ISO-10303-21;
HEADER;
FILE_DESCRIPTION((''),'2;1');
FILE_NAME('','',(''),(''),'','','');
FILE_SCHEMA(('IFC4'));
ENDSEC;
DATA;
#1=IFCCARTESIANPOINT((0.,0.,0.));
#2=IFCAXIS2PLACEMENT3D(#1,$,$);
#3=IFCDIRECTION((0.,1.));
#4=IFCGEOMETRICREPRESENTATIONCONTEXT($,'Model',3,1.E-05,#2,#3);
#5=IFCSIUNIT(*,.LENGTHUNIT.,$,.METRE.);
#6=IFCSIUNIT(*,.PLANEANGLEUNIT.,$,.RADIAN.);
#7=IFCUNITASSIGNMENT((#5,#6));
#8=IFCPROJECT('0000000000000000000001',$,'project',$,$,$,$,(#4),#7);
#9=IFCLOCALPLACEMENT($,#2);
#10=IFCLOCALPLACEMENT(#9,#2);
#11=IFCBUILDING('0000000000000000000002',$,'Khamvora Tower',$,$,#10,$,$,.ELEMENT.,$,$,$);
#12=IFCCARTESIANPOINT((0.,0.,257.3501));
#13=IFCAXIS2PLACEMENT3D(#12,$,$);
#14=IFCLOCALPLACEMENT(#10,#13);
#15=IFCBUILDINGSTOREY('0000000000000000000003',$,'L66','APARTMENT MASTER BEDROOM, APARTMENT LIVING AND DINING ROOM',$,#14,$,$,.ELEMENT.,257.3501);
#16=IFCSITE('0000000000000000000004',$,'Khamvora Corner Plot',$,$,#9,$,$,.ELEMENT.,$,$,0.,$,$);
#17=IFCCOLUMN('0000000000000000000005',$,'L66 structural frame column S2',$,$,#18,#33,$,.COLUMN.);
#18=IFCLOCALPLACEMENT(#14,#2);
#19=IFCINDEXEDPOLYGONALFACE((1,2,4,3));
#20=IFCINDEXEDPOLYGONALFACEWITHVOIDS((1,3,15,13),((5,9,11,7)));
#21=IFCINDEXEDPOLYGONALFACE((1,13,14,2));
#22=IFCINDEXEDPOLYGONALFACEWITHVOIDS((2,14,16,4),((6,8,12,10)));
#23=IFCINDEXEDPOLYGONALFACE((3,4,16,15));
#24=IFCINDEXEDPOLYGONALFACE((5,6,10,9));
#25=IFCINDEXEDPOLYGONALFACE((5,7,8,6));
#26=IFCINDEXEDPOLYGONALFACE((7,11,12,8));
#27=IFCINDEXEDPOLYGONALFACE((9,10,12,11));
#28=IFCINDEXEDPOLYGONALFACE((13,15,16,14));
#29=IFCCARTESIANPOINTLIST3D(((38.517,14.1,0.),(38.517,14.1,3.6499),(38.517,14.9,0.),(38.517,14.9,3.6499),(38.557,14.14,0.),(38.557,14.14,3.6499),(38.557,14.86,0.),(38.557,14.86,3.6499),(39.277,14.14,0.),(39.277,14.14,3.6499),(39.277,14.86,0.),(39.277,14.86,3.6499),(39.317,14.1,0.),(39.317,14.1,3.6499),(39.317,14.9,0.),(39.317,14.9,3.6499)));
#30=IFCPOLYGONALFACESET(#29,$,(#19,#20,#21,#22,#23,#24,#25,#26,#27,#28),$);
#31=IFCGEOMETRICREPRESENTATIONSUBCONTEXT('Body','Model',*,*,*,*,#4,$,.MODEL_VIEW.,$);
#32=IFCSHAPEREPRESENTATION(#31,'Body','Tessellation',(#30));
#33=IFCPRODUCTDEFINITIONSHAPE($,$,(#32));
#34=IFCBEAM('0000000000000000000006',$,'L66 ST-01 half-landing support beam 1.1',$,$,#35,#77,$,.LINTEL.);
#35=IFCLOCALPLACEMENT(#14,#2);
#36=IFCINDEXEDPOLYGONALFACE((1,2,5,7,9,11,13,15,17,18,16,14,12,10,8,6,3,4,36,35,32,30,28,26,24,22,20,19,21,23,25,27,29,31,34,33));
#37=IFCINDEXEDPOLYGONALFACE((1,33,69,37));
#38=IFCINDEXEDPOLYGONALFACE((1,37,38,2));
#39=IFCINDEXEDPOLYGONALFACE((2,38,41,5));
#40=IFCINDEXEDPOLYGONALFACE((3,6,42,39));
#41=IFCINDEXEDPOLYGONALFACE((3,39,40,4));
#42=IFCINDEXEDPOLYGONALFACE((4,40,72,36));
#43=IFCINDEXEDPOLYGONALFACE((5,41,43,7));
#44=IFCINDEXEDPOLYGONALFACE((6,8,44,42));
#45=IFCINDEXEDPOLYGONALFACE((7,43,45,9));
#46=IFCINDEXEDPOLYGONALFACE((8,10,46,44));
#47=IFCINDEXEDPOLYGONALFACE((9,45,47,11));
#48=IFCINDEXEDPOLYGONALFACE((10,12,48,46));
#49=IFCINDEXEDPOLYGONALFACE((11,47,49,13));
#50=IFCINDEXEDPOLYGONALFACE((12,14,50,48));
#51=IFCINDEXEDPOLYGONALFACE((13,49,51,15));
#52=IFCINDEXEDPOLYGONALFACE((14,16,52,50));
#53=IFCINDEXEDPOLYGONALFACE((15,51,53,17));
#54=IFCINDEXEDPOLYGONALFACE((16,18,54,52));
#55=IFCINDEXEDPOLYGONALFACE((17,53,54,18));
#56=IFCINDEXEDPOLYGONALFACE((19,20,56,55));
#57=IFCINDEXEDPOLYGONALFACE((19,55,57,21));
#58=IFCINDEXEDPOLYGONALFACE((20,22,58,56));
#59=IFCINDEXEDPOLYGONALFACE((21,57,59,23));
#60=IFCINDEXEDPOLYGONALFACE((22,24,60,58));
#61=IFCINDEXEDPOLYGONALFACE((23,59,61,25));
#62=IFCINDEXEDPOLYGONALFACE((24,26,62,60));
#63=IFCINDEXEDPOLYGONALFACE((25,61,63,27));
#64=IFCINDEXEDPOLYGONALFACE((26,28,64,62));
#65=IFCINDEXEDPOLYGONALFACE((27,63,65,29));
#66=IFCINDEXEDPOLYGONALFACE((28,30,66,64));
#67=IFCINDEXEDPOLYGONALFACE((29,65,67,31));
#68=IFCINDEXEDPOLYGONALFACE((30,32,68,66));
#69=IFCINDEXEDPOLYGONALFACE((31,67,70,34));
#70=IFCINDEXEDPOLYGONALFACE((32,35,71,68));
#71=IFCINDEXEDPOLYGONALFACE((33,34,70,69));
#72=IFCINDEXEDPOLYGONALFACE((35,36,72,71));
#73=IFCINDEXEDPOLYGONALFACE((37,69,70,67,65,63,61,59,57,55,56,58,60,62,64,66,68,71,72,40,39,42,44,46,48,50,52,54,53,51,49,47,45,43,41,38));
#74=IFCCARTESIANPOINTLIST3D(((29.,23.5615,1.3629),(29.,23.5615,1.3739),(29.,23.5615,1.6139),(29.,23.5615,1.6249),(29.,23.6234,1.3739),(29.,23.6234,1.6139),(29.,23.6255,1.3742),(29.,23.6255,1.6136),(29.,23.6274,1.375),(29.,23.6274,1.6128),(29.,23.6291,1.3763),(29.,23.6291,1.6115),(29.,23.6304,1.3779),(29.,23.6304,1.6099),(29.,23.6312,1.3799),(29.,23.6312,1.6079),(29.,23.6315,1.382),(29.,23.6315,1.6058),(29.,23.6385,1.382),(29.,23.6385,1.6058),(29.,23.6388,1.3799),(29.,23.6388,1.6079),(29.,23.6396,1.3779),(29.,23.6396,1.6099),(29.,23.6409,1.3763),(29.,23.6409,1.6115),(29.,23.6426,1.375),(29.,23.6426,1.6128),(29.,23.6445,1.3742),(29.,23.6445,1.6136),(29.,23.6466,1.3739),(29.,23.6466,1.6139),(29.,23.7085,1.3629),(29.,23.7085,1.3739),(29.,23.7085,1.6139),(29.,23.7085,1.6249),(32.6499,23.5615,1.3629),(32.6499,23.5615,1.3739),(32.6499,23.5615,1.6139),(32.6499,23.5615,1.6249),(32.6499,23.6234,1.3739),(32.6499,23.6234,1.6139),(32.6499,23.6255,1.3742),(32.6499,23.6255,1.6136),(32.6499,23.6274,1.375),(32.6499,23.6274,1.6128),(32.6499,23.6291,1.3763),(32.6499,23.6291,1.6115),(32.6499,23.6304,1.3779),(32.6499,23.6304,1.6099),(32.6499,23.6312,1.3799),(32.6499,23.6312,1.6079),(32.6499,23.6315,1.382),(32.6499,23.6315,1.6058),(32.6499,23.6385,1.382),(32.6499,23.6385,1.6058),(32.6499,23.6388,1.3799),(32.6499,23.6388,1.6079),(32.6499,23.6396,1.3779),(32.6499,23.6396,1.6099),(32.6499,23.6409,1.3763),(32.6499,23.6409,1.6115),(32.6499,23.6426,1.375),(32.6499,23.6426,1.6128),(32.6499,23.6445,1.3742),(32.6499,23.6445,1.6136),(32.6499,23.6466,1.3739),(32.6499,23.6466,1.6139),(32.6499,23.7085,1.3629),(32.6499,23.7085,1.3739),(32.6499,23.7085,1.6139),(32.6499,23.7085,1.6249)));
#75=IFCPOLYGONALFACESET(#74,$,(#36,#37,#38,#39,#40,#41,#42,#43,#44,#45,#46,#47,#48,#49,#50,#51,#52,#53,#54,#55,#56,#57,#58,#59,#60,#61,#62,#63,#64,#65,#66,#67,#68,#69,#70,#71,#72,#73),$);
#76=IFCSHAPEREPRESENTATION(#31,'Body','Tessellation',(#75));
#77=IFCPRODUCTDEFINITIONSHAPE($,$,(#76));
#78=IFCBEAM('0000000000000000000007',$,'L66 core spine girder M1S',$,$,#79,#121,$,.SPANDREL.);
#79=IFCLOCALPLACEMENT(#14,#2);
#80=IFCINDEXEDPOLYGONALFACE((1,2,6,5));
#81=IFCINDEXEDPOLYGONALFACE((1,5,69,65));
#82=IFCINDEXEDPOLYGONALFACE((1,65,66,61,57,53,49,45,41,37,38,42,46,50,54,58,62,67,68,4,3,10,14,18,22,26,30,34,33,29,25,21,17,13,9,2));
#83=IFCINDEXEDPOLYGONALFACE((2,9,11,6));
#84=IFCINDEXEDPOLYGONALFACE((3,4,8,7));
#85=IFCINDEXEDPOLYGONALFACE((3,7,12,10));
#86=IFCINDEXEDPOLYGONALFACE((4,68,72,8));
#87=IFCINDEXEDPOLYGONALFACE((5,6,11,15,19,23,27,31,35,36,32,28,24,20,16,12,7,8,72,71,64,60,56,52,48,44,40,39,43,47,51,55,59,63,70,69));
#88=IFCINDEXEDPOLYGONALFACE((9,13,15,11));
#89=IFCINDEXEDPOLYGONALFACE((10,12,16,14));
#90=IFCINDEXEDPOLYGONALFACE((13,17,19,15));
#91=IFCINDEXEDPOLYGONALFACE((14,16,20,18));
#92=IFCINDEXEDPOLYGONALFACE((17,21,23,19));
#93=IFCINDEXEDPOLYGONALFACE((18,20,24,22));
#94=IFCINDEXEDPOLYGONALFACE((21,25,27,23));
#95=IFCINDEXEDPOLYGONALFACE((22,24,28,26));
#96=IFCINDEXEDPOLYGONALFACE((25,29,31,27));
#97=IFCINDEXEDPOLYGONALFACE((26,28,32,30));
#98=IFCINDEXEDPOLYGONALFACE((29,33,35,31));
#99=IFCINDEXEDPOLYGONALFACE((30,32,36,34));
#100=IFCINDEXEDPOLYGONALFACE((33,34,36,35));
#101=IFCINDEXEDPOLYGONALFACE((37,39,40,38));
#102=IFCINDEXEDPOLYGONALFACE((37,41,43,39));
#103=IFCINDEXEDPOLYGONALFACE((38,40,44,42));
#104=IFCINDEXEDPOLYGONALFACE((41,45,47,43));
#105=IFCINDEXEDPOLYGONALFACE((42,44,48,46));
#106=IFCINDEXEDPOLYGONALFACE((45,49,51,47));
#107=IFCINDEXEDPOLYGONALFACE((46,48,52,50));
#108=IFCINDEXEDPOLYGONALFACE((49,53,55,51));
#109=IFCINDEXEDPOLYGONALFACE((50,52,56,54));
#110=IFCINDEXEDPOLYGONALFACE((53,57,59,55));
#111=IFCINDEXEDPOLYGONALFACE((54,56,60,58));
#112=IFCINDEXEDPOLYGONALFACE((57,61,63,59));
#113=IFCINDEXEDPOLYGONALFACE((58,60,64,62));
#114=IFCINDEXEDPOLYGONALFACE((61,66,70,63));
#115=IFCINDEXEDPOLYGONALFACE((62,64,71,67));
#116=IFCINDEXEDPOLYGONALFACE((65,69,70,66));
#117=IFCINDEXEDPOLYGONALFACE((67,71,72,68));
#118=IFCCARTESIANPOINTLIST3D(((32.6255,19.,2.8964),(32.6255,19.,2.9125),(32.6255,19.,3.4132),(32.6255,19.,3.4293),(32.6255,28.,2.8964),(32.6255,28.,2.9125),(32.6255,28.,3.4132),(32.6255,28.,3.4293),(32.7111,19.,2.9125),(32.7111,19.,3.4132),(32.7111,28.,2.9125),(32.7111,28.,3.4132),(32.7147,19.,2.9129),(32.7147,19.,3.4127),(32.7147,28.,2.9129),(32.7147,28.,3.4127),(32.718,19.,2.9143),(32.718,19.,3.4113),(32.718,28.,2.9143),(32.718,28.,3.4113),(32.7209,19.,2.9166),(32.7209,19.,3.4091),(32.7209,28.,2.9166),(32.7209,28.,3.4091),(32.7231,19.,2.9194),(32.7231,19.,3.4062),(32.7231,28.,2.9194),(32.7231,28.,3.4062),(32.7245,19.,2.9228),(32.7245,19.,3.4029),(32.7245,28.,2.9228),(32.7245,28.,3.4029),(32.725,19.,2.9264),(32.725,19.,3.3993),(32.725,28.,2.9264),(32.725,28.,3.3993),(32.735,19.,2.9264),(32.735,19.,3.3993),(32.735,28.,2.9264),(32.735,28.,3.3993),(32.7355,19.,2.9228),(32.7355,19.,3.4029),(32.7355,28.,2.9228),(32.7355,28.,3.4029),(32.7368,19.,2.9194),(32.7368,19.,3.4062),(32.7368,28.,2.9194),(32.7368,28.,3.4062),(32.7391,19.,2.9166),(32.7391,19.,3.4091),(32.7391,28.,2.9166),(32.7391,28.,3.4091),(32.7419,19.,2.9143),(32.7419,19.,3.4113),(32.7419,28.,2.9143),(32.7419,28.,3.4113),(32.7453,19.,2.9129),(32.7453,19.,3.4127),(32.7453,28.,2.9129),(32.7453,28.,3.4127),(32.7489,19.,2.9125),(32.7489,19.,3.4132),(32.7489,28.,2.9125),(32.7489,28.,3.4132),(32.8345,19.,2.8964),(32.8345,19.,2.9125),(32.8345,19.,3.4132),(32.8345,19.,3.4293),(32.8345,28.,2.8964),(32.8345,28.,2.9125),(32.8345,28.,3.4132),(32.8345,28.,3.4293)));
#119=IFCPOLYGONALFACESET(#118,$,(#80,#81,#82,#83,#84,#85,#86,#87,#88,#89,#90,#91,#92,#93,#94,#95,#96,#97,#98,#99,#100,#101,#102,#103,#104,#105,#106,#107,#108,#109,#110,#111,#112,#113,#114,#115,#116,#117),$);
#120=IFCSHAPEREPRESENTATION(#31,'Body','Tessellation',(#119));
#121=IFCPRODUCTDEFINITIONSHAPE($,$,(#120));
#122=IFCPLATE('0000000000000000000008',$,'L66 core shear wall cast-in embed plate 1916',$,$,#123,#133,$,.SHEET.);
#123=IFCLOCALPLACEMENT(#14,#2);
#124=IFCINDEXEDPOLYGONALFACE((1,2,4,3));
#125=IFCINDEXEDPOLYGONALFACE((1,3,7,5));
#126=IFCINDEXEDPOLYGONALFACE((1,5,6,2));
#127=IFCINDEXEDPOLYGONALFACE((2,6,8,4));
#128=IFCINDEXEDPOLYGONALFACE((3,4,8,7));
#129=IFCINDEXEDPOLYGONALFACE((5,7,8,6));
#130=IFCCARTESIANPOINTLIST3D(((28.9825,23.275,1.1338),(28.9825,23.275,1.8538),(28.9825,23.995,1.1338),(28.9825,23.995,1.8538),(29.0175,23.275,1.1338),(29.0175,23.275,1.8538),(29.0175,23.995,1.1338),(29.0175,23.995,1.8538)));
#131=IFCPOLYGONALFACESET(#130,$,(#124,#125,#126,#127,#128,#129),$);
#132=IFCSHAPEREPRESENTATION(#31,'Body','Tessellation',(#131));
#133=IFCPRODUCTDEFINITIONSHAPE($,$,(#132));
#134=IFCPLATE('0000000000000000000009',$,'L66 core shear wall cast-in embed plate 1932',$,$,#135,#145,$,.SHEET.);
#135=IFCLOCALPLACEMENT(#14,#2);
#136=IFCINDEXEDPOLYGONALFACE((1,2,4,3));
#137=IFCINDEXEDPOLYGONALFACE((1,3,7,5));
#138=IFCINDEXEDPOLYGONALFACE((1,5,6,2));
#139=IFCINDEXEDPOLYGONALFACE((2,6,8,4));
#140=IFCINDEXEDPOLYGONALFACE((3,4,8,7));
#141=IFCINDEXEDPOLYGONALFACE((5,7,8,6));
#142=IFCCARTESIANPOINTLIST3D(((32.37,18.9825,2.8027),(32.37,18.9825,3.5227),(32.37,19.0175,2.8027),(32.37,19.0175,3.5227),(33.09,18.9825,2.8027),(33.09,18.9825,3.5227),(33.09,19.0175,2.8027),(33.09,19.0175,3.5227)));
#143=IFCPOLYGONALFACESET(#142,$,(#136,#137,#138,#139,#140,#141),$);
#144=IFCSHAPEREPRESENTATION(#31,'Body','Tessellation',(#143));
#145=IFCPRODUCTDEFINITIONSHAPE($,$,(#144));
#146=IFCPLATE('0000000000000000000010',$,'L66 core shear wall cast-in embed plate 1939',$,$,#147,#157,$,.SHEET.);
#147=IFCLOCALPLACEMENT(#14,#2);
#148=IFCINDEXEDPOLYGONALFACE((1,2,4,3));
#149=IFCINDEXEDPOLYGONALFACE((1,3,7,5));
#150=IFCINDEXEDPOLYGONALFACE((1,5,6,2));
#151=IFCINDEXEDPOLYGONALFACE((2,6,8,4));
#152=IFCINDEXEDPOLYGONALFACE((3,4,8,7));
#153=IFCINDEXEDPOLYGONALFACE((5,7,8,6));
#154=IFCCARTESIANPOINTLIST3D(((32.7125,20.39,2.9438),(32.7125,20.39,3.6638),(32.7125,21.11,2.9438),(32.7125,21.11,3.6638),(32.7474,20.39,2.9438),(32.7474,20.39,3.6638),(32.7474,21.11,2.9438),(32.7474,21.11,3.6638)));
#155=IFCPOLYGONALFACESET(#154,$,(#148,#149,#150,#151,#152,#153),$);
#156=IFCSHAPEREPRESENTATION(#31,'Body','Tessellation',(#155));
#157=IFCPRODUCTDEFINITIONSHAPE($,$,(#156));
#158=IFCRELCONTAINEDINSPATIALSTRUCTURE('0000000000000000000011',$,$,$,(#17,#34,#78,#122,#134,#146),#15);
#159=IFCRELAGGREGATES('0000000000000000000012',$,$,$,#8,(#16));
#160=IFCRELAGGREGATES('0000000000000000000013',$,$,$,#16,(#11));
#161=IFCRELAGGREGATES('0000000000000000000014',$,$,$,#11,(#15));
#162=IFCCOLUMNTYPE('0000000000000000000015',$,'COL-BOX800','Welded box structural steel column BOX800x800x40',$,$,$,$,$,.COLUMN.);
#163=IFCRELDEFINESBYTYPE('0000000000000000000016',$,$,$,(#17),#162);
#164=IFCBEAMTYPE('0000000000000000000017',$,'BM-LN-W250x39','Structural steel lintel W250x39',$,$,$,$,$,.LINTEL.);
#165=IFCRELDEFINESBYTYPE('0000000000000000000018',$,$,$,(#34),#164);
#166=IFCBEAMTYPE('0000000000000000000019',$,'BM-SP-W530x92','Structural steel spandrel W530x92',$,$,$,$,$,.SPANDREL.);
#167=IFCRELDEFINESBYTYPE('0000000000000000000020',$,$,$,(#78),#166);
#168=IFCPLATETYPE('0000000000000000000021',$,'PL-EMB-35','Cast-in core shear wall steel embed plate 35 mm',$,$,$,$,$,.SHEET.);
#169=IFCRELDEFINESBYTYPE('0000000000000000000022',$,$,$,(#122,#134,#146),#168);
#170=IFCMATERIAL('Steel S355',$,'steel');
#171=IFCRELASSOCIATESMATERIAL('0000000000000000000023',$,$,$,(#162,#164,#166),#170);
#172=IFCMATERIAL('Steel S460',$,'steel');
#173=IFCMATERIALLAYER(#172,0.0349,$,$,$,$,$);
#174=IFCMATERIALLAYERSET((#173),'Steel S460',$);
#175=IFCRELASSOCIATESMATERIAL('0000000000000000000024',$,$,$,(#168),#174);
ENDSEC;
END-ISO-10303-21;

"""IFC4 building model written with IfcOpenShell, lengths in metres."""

from ifc_helpers import new_model, si_unit, direction, frame, origin, origin_2d, place, context, subcontext, project, spatial, rectangle, hollow_rectangle, i_section, extrude, material, layer, layer_set, material_profile, profile_set, type_object, element, save


model = new_model("IFC4")

# Units and contexts
model_context = context("Model", 3, precision=1e-05, world=origin(), true_north=direction((0.0, 1.0)))
body_context = subcontext(model_context, "Body", "Model", "MODEL_VIEW")
ifc_project = project(units=[si_unit("LENGTHUNIT", "METRE"), si_unit("PLANEANGLEUNIT", "RADIAN")], contexts=[model_context])

# Site, building, storey
site_placement = place(None, origin())
site = spatial("IfcSite", under=ifc_project, at=site_placement, Name="Khamvora Corner Plot", CompositionType="ELEMENT", RefElevation=0.0)
building_placement = place(site_placement, origin())
building = spatial("IfcBuilding", under=site, at=building_placement, Name="Khamvora Tower", CompositionType="ELEMENT")
storey_placement = place(building_placement, frame((0.0, 0.0, 257.3501)))
storey = spatial("IfcBuildingStorey", under=building, at=storey_placement, Name="L66", Description="APARTMENT MASTER BEDROOM, APARTMENT LIVING AND DINING ROOM", CompositionType="ELEMENT", Elevation=257.3501)

# Column
ifc_material_1 = material(Name="Steel S355", Category="steel")
ifc_material_profile_1 = material_profile(ifc_material_1, hollow_rectangle(XDim=0.8, YDim=0.8, WallThickness=0.04, at=origin_2d()), Name="BOX800x800x40")
ifc_profile_set_1 = profile_set([ifc_material_profile_1], Name="Steel S355")
column_type = type_object("IfcColumnType", Name="COL-BOX800", Description="Welded box structural steel column BOX800x800x40", PredefinedType="COLUMN", material=ifc_profile_set_1)
column_placement = place(storey_placement, frame((38.917, 14.5, 0.0), z_axis=(0.0, 0.0, 1.0), x_axis=(1.0, 0.0, 0.0)))
element("IfcColumn", 1, at=column_placement, inside=storey, type_object=column_type, Name="L66 structural frame column S2", PredefinedType="COLUMN", context=body_context, shape_type="SweptSolid", body=[
    extrude(hollow_rectangle(XDim=0.8, YDim=0.8, WallThickness=0.04, at=origin_2d()), origin(), (0.0, 0.0, 1.0), 3.6499),
])

# Beams
ifc_material_profile_2 = material_profile(ifc_material_1, i_section(OverallWidth=0.147, OverallDepth=0.262, WebThickness=0.0071, FlangeThickness=0.011, FilletRadius=0.0081, at=origin_2d()), Name="W250x39")
ifc_profile_set_2 = profile_set([ifc_material_profile_2], Name="Steel S355")
beam_type_1 = type_object("IfcBeamType", Name="BM-LN-W250x39", Description="Structural steel lintel W250x39", PredefinedType="LINTEL", material=ifc_profile_set_2)
beam_1_placement = place(storey_placement, frame((29.0, 23.635, 1.4939), z_axis=(1.0, 0.0, 0.0), x_axis=(0.0, 1.0, 0.0)))
element("IfcBeam", 2, at=beam_1_placement, inside=storey, type_object=beam_type_1, Name="L66 ST-01 half-landing support beam 1.1", PredefinedType="LINTEL", context=body_context, shape_type="SweptSolid", body=[
    extrude(i_section(OverallWidth=0.147, OverallDepth=0.262, WebThickness=0.0071, FlangeThickness=0.011, FilletRadius=0.0081, at=origin_2d()), origin(), (0.0, 0.0, 1.0), 3.6499),
])
ifc_material_profile_3 = material_profile(ifc_material_1, i_section(OverallWidth=0.209, OverallDepth=0.533, WebThickness=0.01, FlangeThickness=0.0161, FilletRadius=0.0139, at=origin_2d()), Name="W530x92")
ifc_profile_set_3 = profile_set([ifc_material_profile_3], Name="Steel S355")
beam_type_2 = type_object("IfcBeamType", Name="BM-SP-W530x92", Description="Structural steel spandrel W530x92", PredefinedType="SPANDREL", material=ifc_profile_set_3)
beam_2_placement = place(storey_placement, frame((32.73, 19.0, 3.1628), z_axis=(0.0, 1.0, 0.0), x_axis=(-1.0, 0.0, 0.0)))
element("IfcBeam", 3, at=beam_2_placement, inside=storey, type_object=beam_type_2, Name="L66 core spine girder M1S", PredefinedType="SPANDREL", context=body_context, shape_type="SweptSolid", body=[
    extrude(i_section(OverallWidth=0.209, OverallDepth=0.533, WebThickness=0.01, FlangeThickness=0.0161, FilletRadius=0.0139, at=origin_2d()), origin(), (0.0, 0.0, 1.0), 9.0),
])

# Plates
ifc_material_2 = material(Name="Steel S460", Category="steel")
ifc_layer_1 = layer(ifc_material_2, 0.0349)
ifc_layer_set_1 = layer_set([ifc_layer_1], Name="Steel S460")
plate_type = type_object("IfcPlateType", Name="PL-EMB-35", Description="Cast-in core shear wall steel embed plate 35 mm", PredefinedType="SHEET", material=ifc_layer_set_1)
plate_1_placement = place(storey_placement, frame((29.0, 23.635, 1.1338), z_axis=(0.0, 0.0, 1.0), x_axis=(1.0, 0.0, 0.0)))
element("IfcPlate", 4, at=plate_1_placement, inside=storey, type_object=plate_type, Name="L66 core shear wall cast-in embed plate 1916", PredefinedType="SHEET", context=body_context, shape_type="SweptSolid", body=[
    extrude(rectangle(XDim=0.0349, YDim=0.72, at=origin_2d()), origin(), (0.0, 0.0, 1.0), 0.72),
])
plate_2_placement = place(storey_placement, frame((32.73, 19.0, 2.8027), z_axis=(0.0, 0.0, 1.0), x_axis=(1.0, 0.0, 0.0)))
element("IfcPlate", 5, at=plate_2_placement, inside=storey, type_object=plate_type, Name="L66 core shear wall cast-in embed plate 1932", PredefinedType="SHEET", context=body_context, shape_type="SweptSolid", body=[
    extrude(rectangle(XDim=0.72, YDim=0.0349, at=origin_2d()), origin(), (0.0, 0.0, 1.0), 0.72),
])
plate_3_placement = place(storey_placement, frame((32.73, 20.75, 2.9438), z_axis=(0.0, 0.0, 1.0), x_axis=(1.0, 0.0, 0.0)))
element("IfcPlate", 6, at=plate_3_placement, inside=storey, type_object=plate_type, Name="L66 core shear wall cast-in embed plate 1939", PredefinedType="SHEET", context=body_context, shape_type="SweptSolid", body=[
    extrude(rectangle(XDim=0.0349, YDim=0.72, at=origin_2d()), origin(), (0.0, 0.0, 1.0), 0.72),
])

save(model, "model.ifc")
